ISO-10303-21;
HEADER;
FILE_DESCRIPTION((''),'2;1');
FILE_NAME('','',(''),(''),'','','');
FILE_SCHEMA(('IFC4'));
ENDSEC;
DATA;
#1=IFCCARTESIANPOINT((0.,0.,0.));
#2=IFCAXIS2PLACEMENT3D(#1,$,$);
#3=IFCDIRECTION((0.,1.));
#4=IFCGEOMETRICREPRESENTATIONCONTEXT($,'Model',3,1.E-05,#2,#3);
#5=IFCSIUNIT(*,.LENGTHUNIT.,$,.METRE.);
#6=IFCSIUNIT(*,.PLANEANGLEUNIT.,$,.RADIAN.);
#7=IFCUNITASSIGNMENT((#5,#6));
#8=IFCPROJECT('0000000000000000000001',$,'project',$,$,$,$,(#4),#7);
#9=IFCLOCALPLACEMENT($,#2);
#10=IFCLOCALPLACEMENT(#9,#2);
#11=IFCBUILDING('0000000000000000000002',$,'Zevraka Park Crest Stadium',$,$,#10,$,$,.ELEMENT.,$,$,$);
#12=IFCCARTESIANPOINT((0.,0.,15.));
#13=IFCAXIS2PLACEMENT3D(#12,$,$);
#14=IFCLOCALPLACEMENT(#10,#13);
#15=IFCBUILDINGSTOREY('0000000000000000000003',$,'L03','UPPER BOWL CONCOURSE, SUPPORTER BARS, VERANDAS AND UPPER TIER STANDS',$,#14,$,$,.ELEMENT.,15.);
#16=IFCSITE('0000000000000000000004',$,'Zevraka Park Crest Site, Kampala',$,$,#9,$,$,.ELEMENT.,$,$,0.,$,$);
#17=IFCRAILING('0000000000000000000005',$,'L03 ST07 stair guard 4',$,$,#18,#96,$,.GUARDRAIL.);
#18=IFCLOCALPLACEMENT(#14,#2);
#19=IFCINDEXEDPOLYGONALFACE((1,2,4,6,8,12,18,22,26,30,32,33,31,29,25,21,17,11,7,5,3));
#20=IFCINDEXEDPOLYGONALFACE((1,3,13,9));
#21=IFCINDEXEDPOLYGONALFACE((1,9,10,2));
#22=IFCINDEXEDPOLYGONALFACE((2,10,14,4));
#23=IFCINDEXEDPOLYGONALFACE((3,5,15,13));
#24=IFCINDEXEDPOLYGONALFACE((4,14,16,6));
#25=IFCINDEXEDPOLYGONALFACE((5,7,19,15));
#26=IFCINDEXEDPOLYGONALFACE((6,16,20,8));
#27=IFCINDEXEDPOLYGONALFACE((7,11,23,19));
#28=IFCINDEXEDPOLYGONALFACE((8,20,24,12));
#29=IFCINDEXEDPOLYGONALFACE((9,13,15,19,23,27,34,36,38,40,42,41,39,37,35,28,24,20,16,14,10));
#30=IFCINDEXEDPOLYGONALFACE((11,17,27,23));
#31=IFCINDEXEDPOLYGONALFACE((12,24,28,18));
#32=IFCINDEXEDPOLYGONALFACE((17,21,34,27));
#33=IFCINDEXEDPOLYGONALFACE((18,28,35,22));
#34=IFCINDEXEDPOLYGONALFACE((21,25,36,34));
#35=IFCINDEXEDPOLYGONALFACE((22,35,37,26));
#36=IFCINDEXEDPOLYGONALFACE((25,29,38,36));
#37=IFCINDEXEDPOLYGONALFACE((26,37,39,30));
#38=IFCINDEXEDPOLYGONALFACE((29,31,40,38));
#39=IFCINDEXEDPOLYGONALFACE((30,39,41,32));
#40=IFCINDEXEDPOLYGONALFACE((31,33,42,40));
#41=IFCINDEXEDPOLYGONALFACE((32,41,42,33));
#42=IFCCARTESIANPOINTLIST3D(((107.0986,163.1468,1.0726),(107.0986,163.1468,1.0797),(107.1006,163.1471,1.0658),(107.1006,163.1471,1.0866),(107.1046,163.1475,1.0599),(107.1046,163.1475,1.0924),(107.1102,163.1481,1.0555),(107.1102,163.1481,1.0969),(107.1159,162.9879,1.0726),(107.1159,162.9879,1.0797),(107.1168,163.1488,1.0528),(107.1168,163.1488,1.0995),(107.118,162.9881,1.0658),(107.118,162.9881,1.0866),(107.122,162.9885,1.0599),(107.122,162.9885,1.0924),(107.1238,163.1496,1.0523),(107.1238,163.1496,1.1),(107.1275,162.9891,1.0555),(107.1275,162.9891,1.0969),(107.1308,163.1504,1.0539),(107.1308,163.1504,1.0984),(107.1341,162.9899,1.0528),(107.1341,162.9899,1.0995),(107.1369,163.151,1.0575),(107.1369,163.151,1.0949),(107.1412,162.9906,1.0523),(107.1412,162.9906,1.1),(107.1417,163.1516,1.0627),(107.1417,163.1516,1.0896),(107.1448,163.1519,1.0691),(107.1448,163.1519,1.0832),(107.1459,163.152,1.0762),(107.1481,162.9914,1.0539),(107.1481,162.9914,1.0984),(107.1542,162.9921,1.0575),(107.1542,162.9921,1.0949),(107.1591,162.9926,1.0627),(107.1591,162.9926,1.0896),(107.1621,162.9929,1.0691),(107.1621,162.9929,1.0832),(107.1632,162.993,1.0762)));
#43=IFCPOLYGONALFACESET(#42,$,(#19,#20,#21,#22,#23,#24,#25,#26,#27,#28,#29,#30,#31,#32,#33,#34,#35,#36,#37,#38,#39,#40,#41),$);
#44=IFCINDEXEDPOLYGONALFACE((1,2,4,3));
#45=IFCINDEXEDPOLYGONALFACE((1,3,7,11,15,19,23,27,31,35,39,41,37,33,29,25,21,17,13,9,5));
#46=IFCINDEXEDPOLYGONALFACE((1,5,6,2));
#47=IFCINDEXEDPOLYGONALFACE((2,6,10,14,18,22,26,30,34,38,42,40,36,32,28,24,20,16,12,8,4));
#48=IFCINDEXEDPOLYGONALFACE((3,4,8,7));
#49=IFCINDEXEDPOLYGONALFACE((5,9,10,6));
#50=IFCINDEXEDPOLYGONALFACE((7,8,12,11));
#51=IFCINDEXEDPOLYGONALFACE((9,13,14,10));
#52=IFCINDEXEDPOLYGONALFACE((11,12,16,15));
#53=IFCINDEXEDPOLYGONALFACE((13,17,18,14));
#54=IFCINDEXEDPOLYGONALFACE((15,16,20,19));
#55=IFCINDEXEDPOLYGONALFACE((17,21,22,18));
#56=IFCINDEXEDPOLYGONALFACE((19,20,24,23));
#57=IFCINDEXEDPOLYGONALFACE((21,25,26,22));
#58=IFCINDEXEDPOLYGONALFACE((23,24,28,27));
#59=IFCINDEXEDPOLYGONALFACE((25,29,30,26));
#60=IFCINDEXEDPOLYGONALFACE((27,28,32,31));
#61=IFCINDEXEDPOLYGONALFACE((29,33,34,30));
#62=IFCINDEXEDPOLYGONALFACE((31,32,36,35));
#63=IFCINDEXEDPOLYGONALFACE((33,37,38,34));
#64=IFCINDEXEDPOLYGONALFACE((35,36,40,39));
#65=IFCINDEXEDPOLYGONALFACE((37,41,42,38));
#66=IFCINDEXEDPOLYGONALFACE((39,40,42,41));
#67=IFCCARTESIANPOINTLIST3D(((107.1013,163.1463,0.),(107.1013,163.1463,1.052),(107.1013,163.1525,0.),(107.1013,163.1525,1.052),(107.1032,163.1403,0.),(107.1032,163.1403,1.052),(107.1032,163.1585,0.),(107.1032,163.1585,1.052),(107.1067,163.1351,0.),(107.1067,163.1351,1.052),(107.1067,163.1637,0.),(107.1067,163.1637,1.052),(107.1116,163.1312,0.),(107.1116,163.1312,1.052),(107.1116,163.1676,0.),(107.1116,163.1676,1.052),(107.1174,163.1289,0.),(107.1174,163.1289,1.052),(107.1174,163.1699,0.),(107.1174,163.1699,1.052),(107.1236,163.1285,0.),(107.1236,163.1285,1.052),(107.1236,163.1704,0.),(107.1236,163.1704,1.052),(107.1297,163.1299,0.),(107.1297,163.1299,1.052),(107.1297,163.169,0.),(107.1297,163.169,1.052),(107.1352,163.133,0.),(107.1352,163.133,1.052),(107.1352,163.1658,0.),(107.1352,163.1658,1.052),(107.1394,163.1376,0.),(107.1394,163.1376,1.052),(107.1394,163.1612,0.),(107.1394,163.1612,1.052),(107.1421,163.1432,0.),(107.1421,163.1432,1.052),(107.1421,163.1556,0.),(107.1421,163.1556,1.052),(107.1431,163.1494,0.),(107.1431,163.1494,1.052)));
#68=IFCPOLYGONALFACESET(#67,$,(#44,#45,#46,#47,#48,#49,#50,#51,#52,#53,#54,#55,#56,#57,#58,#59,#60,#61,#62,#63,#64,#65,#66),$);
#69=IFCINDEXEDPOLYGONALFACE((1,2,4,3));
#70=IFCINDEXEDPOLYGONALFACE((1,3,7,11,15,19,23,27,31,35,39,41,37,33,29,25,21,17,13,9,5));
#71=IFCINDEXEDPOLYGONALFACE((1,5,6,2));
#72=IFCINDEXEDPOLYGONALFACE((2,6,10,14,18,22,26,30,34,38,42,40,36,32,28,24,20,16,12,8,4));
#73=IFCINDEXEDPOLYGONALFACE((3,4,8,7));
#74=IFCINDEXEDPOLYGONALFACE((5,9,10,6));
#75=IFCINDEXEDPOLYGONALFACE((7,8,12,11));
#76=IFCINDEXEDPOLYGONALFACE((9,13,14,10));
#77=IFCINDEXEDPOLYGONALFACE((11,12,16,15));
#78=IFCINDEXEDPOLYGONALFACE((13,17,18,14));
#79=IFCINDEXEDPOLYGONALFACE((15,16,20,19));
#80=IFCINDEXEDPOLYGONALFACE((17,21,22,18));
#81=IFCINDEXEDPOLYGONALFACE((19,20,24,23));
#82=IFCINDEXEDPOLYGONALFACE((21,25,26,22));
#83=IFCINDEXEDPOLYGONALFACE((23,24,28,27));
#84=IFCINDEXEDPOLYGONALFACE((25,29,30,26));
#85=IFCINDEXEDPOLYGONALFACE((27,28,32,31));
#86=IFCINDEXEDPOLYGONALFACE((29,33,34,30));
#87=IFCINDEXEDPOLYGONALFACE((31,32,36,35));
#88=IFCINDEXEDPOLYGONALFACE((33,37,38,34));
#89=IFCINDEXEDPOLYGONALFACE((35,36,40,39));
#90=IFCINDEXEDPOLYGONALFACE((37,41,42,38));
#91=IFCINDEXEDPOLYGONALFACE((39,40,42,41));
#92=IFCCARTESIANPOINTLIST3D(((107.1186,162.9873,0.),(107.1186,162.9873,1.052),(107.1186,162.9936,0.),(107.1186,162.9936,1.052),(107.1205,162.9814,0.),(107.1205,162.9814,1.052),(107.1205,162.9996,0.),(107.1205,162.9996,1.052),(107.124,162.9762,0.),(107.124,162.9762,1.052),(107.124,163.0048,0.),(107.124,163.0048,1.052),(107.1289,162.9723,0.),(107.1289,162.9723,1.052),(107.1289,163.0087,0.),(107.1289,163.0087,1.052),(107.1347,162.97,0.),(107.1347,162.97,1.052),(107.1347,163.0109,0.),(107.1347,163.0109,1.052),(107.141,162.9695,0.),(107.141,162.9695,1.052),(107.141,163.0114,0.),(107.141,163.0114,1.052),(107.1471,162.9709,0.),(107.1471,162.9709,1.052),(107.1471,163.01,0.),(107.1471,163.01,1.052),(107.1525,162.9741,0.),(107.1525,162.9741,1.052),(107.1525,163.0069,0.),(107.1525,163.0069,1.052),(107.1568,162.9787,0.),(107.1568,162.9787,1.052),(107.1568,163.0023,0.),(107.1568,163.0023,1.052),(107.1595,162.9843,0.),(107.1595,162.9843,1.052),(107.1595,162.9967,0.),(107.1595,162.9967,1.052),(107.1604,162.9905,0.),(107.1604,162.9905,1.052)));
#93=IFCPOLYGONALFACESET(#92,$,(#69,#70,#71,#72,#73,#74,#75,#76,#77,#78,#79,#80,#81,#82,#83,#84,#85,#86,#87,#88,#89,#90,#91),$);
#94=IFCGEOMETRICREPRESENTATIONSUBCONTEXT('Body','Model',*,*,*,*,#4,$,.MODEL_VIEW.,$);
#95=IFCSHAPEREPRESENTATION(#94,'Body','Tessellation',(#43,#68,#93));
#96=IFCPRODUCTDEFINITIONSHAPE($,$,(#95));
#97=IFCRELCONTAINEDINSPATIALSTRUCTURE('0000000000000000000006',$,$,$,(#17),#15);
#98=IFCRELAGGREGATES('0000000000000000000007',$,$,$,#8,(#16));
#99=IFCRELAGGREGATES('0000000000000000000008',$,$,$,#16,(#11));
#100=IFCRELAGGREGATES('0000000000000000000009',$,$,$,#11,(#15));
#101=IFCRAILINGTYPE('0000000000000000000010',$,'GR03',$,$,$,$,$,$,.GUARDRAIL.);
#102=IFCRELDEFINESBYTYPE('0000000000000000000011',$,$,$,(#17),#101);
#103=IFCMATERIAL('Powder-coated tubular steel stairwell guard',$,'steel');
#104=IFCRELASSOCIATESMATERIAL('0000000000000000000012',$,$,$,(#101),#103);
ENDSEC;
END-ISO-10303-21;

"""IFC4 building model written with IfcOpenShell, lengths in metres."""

from ifc_helpers import new_model, si_unit, direction, frame, origin, origin_2d, place, context, subcontext, project, spatial, circle, extrude, material, type_object, element, save


model = new_model("IFC4")

# Units and contexts
model_context = context("Model", 3, precision=1e-05, world=origin(), true_north=direction((0.0, 1.0)))
body_context = subcontext(model_context, "Body", "Model", "MODEL_VIEW")
ifc_project = project(units=[si_unit("LENGTHUNIT", "METRE"), si_unit("PLANEANGLEUNIT", "RADIAN")], contexts=[model_context])

# Site, building, storey
site_placement = place(None, origin())
site = spatial("IfcSite", under=ifc_project, at=site_placement, Name="Zevraka Park Crest Site, Kampala", CompositionType="ELEMENT", RefElevation=0.0)
building_placement = place(site_placement, origin())
building = spatial("IfcBuilding", under=site, at=building_placement, Name="Zevraka Park Crest Stadium", CompositionType="ELEMENT")
storey_placement = place(building_placement, frame((0.0, 0.0, 15.0)))
storey = spatial("IfcBuildingStorey", under=building, at=storey_placement, Name="L03", Description="UPPER BOWL CONCOURSE, SUPPORTER BARS, VERANDAS AND UPPER TIER STANDS", CompositionType="ELEMENT", Elevation=15.0)

# Railing
ifc_material_1 = material(Name="Powder-coated tubular steel stairwell guard", Category="steel")
railing_type_1 = type_object("IfcRailingType", Name="GR03", PredefinedType="GUARDRAIL", material=ifc_material_1)
railing_1_placement = place(storey_placement, frame((107.1221, 163.1494, 0.0)))
element("IfcRailing", 1, at=railing_1_placement, inside=storey, type_object=railing_type_1, Name="L03 ST07 stair guard 4", PredefinedType="GUARDRAIL", context=body_context, shape_type="SweptSolid", body=[
    extrude(circle(Radius=0.0239, at=origin_2d()), frame((0.0, 0.0, 1.0762), z_axis=(0.10842, -0.994105, 0.0), x_axis=(0.994105, 0.10842, 0.0)), (0.0, 0.0, 1.0), 0.1599),
    extrude(circle(Radius=0.021, at=origin_2d()), origin(), (0.0, 0.0, 1.0), 1.052),
    extrude(circle(Radius=0.021, at=origin_2d()), frame((0.0173, -0.1589, 0.0)), (0.0, 0.0, 1.0), 1.052),
])

save(model, "model.ifc")
